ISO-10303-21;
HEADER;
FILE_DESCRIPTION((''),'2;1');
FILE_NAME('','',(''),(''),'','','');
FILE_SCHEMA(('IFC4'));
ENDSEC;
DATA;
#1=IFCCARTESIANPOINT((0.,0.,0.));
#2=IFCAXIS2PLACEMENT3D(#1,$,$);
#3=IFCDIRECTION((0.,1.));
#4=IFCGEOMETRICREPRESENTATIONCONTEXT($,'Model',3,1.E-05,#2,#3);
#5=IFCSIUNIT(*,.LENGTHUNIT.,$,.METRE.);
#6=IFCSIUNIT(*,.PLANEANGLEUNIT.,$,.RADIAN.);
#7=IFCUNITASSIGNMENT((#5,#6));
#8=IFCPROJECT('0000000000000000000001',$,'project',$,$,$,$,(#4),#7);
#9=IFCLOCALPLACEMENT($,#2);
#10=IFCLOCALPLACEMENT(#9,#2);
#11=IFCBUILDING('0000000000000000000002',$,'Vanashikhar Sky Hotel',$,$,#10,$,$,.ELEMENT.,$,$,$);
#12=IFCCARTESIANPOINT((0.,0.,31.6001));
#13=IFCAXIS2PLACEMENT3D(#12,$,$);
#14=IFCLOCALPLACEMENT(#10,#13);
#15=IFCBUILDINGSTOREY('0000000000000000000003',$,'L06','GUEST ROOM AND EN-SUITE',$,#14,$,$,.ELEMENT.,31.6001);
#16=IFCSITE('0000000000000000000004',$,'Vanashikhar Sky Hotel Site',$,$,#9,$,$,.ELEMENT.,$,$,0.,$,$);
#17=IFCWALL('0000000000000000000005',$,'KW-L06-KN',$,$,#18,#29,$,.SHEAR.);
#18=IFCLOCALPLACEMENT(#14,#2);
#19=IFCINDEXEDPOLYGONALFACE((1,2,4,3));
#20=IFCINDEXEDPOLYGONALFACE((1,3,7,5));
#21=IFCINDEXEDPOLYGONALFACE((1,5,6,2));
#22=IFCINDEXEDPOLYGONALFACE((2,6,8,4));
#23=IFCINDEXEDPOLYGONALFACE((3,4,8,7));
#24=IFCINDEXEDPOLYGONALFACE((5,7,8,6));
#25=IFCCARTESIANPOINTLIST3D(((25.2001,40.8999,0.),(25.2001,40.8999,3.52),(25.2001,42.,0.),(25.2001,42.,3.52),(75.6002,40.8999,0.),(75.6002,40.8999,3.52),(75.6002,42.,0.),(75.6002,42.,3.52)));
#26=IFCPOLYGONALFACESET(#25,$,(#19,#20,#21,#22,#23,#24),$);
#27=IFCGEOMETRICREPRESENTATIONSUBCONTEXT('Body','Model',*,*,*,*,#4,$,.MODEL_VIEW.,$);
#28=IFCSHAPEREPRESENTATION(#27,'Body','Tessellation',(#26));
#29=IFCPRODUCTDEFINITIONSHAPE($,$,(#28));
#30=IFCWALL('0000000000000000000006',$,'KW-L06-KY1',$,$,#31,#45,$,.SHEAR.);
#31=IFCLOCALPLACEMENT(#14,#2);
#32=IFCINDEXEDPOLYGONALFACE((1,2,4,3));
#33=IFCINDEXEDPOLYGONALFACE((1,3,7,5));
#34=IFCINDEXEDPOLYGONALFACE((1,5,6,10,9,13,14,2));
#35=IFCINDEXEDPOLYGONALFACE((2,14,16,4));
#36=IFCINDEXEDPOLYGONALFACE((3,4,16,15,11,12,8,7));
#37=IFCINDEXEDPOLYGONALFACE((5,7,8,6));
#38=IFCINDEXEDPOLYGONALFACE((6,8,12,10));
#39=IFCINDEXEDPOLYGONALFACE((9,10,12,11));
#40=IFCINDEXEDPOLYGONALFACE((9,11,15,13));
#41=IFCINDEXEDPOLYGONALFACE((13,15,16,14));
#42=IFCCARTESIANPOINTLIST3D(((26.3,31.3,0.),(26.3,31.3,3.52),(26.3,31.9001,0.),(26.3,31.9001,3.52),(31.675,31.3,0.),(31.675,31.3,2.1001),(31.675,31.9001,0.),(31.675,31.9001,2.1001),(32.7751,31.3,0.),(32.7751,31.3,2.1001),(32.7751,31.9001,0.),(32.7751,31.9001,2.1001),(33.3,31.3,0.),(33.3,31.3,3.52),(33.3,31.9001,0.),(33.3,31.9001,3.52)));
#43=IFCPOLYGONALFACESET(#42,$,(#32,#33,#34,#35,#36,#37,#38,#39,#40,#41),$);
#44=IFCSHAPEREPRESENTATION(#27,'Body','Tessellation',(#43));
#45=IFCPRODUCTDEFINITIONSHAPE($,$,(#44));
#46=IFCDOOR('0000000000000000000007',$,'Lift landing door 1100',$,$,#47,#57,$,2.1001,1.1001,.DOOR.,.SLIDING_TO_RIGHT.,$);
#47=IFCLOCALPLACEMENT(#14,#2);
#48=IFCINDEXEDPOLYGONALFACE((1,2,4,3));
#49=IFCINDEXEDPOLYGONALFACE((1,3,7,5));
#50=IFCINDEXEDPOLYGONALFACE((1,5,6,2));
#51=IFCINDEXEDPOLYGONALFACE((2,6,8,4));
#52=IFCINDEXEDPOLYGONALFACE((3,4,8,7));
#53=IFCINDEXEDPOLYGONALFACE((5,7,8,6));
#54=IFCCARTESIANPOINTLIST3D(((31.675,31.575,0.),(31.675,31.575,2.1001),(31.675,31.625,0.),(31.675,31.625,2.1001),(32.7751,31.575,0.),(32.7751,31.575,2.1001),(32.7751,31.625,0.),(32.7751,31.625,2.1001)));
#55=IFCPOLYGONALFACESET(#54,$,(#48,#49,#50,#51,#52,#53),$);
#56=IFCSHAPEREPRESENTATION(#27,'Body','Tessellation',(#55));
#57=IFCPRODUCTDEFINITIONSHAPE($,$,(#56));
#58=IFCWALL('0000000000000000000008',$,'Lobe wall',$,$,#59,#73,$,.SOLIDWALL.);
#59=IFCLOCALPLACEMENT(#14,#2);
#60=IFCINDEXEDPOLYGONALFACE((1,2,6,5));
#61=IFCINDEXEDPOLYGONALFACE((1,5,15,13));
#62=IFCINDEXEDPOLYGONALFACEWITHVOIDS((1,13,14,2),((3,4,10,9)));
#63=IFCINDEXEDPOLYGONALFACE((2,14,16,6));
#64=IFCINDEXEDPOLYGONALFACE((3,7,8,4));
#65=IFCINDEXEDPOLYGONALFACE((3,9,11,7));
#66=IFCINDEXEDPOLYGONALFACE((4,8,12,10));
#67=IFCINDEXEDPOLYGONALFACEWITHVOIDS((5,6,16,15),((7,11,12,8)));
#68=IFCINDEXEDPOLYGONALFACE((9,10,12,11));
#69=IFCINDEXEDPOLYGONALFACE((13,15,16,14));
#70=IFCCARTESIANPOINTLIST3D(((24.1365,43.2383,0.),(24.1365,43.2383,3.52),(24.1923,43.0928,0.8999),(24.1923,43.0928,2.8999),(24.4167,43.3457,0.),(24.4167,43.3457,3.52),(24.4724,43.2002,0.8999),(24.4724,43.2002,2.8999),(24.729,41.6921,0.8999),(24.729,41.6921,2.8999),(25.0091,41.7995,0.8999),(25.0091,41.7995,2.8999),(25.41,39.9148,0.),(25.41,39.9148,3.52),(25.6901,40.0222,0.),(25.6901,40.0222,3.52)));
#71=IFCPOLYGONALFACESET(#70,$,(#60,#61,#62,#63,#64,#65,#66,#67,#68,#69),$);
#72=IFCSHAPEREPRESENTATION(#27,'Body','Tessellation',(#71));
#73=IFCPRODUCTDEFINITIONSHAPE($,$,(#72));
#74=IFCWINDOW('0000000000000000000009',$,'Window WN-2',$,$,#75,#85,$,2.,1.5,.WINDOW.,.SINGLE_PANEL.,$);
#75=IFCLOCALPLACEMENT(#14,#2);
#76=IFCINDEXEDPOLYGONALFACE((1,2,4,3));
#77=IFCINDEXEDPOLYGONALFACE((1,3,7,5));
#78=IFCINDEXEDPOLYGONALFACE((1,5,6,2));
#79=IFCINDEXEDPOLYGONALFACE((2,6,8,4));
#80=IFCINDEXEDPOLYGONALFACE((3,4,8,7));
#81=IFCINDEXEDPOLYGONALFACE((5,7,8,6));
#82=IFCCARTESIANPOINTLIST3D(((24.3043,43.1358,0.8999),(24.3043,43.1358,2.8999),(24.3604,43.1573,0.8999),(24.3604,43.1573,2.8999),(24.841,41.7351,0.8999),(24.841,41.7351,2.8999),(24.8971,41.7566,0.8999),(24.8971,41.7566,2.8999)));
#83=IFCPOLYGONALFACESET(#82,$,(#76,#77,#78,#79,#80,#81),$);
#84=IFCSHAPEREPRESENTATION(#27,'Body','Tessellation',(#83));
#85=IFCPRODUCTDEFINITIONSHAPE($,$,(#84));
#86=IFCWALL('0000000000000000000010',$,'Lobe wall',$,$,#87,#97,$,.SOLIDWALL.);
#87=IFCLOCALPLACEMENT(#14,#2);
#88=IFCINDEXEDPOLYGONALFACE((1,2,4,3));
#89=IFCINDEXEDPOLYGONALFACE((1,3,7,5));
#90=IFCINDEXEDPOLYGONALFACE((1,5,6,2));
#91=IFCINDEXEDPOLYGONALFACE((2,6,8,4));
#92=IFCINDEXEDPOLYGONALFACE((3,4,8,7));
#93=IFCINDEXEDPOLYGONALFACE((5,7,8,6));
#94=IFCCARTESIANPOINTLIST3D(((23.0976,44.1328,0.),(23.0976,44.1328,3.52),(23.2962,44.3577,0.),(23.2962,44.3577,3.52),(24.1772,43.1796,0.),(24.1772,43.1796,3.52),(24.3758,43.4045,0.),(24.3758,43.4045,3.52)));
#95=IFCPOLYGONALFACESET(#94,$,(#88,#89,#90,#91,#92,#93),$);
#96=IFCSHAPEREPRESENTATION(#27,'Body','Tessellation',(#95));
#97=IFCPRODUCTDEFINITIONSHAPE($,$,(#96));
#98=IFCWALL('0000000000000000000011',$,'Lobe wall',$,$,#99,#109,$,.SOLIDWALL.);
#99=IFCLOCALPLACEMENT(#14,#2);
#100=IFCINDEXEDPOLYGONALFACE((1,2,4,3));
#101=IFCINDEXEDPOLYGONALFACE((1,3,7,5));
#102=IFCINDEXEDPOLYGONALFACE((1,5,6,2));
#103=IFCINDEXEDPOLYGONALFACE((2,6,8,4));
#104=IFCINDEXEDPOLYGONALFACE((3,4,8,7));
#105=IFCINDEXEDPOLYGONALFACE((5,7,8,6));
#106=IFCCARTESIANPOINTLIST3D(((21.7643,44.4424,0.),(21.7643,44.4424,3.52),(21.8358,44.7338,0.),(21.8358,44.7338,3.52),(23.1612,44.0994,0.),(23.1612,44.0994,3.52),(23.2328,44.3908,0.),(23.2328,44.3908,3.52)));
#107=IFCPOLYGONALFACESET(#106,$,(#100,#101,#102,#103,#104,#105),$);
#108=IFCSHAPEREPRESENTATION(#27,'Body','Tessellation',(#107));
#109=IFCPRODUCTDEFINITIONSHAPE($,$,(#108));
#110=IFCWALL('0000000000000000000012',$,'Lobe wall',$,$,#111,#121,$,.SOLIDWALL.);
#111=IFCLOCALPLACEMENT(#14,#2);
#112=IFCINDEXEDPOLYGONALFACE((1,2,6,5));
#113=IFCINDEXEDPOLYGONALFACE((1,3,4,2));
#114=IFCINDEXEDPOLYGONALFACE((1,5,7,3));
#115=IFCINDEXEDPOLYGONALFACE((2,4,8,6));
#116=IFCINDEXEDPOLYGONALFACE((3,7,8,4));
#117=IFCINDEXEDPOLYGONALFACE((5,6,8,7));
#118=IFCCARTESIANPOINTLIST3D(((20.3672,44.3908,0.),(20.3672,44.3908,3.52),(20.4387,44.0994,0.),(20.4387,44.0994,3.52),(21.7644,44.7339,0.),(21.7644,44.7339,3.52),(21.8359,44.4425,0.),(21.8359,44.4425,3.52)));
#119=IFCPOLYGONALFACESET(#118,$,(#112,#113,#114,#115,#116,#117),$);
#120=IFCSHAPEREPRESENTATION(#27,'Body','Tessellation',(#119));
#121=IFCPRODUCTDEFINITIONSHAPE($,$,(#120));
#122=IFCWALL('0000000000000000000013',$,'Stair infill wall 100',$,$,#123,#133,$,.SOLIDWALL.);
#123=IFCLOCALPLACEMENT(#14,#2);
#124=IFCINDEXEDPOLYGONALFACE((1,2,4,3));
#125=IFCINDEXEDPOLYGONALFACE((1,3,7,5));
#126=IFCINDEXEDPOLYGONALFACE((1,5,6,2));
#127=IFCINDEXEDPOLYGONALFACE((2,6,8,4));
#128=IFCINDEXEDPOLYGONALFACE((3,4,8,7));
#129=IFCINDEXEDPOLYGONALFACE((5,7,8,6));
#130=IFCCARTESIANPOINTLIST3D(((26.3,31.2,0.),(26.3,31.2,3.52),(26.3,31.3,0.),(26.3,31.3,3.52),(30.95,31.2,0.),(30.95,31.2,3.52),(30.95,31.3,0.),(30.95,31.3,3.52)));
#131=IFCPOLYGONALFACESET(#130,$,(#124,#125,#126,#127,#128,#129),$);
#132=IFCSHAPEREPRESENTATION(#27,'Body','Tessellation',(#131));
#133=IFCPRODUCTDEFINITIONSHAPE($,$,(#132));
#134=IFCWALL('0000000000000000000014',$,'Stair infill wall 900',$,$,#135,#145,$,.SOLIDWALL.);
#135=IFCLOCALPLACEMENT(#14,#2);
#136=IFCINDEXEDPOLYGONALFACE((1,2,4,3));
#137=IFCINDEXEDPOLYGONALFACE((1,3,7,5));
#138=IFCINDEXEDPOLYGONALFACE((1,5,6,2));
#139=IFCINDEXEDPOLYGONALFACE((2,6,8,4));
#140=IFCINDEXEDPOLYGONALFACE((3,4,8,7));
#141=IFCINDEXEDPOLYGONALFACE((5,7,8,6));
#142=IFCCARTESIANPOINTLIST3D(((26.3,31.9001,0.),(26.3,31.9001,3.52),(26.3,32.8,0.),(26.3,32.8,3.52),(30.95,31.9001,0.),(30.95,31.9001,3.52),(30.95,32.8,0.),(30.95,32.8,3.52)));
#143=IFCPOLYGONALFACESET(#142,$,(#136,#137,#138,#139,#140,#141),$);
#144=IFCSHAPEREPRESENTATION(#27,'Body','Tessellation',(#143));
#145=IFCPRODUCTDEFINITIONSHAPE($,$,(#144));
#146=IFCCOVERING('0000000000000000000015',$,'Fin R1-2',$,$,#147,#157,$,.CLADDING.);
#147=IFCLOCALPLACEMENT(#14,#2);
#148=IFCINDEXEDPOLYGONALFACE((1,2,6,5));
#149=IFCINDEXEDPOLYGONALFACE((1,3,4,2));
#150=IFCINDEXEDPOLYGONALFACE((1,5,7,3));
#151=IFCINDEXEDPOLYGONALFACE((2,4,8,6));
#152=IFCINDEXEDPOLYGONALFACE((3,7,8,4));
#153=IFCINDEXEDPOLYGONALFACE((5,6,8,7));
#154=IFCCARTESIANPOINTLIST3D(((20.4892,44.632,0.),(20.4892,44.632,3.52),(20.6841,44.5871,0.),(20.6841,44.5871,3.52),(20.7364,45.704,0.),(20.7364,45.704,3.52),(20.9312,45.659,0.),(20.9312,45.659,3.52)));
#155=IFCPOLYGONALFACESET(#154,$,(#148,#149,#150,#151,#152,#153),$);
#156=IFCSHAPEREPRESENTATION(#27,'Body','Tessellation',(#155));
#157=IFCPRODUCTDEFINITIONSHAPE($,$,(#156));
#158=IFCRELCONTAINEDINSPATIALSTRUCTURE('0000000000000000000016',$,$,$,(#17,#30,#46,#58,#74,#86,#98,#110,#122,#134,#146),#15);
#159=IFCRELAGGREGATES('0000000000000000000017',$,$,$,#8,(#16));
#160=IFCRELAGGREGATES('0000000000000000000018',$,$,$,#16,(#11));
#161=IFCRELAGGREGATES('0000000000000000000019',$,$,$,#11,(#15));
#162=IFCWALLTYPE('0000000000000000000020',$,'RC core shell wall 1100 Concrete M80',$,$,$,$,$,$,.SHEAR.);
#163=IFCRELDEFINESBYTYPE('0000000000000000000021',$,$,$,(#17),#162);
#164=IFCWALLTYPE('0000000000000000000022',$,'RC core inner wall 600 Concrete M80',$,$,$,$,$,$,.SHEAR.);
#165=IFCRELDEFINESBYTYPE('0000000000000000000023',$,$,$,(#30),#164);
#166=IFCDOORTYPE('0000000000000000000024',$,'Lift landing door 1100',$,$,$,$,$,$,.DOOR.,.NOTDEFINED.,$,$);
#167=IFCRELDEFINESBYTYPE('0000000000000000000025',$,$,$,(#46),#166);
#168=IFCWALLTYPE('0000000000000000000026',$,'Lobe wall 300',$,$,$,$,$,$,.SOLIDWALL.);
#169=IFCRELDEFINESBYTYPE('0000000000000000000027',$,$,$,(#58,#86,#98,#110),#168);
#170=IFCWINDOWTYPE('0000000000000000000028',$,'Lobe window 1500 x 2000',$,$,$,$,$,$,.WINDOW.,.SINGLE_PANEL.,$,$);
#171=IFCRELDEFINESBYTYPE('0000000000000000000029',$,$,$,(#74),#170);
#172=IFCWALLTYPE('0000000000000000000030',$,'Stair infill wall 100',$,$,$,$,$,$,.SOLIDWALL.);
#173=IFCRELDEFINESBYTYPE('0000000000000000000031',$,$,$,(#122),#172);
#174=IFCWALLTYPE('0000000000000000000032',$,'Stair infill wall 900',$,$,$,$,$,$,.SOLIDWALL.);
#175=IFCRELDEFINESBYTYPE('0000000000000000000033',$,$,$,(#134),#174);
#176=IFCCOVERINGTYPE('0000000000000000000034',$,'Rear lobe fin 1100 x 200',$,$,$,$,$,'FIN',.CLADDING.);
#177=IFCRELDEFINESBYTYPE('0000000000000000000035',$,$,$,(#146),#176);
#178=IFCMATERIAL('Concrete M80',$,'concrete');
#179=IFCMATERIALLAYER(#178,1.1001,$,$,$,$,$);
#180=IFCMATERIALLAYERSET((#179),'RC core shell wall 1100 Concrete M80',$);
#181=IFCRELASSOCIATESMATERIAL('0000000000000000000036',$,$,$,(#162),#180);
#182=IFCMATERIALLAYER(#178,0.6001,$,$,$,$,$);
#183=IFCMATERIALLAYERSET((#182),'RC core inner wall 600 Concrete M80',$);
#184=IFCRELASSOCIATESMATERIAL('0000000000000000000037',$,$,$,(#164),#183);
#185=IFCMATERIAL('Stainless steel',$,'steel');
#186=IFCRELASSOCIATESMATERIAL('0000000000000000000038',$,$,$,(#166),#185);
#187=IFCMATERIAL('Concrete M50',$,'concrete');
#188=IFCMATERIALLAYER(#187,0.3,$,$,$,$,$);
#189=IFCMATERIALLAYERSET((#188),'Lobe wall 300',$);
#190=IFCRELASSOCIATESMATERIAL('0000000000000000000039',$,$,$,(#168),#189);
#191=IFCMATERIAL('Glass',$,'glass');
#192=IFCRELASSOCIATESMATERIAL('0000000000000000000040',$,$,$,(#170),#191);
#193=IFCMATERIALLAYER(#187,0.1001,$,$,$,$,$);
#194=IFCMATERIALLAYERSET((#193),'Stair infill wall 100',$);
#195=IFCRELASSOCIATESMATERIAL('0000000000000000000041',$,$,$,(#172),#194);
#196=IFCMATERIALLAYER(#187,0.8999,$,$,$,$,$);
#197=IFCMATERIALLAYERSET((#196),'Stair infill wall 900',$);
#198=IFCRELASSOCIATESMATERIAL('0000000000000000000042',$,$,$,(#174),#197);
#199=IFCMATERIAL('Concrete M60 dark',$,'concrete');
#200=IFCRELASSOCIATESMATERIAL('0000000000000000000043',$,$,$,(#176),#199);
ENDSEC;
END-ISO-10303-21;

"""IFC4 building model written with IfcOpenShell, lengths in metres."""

from ifc_helpers import new_model, si_unit, direction, frame, frame_2d, origin, origin_2d, place, context, subcontext, project, spatial, rectangle, extrude, source, transform, mapped, material, layer, layer_set, material_profile, profile_set, type_object, element, fill, save


model = new_model("IFC4")

# Units and contexts
model_context = context("Model", 3, precision=1e-05, world=origin(), true_north=direction((0.0, 1.0)))
body_context = subcontext(model_context, "Body", "Model", "MODEL_VIEW")
ifc_project = project(units=[si_unit("LENGTHUNIT", "METRE"), si_unit("PLANEANGLEUNIT", "RADIAN")], contexts=[model_context])

# Site, building, storey
site_placement = place(None, origin())
site = spatial("IfcSite", under=ifc_project, at=site_placement, Name="Vanashikhar Sky Hotel Site", CompositionType="ELEMENT", RefElevation=0.0)
building_placement = place(site_placement, origin())
building = spatial("IfcBuilding", under=site, at=building_placement, Name="Vanashikhar Sky Hotel", CompositionType="ELEMENT")
storey_placement = place(building_placement, frame((0.0, 0.0, 31.6001)))
storey = spatial("IfcBuildingStorey", under=building, at=storey_placement, Name="L06", Description="GUEST ROOM AND EN-SUITE", CompositionType="ELEMENT", Elevation=31.6001)

# Wall
ifc_material_1 = material(Name="Concrete M80", Category="concrete")
ifc_layer_1 = layer(ifc_material_1, 1.1001)
ifc_layer_set_1 = layer_set([ifc_layer_1], Name="RC core shell wall 1100 Concrete M80")
wall_type_1 = type_object("IfcWallType", Name="RC core shell wall 1100 Concrete M80", PredefinedType="SHEAR", material=ifc_layer_set_1)
shared_shape_1 = source(origin(), body_context, "Body", "SweptSolid", [
    extrude(rectangle(XDim=50.4001, YDim=1.1001, at=frame_2d((25.2002, 0.0))), origin(), (0.0, 0.0, 1.0), 3.52),
])
wall_1_placement = place(storey_placement, frame((25.2, 41.45, 0.0), z_axis=(0.0, 0.0, 1.0), x_axis=(1.0, 0.0, 0.0)))
element("IfcWall", 1, at=wall_1_placement, inside=storey, type_object=wall_type_1, Name="KW-L06-KN", PredefinedType="SHEAR", context=body_context, shape_type="MappedRepresentation", body=[
    mapped(shared_shape_1, transform((0.0, 0.0, 0.0), scale=1.0)),
])

# Wall, opening, door
ifc_layer_2 = layer(ifc_material_1, 0.6001)
ifc_layer_set_2 = layer_set([ifc_layer_2], Name="RC core inner wall 600 Concrete M80")
wall_type_2 = type_object("IfcWallType", Name="RC core inner wall 600 Concrete M80", PredefinedType="SHEAR", material=ifc_layer_set_2)
shared_shape_2 = source(origin(), body_context, "Body", "SweptSolid", [
    extrude(rectangle(XDim=7.0, YDim=0.6001, at=frame_2d((3.5, 0.0))), origin(), (0.0, 0.0, 1.0), 3.52),
])
wall_2_placement = place(storey_placement, frame((26.3, 31.6001, 0.0), z_axis=(0.0, 0.0, 1.0), x_axis=(1.0, 0.0, 0.0)))
wall_2 = element("IfcWall", 2, at=wall_2_placement, inside=storey, type_object=wall_type_2, Name="KW-L06-KY1", PredefinedType="SHEAR", context=body_context, shape_type="MappedRepresentation", body=[
    mapped(shared_shape_2, transform((0.0, 0.0, 0.0), scale=1.0)),
])
shared_shape_3 = source(origin(), body_context, "Body", "SweptSolid", [
    extrude(rectangle(XDim=1.1001, YDim=2.1001, at=frame_2d((0.55, 1.05))), frame((0.0, 0.3101, 0.0), z_axis=(0.0, -1.0, 0.0), x_axis=(1.0, 0.0, 0.0)), (0.0, 0.0, 1.0), 0.6201),
])
opening_1_placement = place(wall_2_placement, frame((5.375, 0.0, 0.0)))
opening_1 = element("IfcOpeningElement", 3, at=opening_1_placement, cuts=wall_2, PredefinedType="OPENING", context=body_context, shape_type="MappedRepresentation", body=[
    mapped(shared_shape_3, transform((0.0, 0.0, 0.0), scale=1.0)),
])
ifc_material_2 = material(Name="Stainless steel", Category="steel")
door_type = type_object("IfcDoorType", Name="Lift landing door 1100", OperationType="NOTDEFINED", PredefinedType="DOOR", material=ifc_material_2)
shared_shape_4 = source(origin(), body_context, "Body", "SweptSolid", [
    extrude(rectangle(XDim=1.1001, YDim=2.1001, at=frame_2d((0.55, 1.05))), frame((0.0, 0.0249, 0.0), z_axis=(0.0, -1.0, 0.0), x_axis=(1.0, 0.0, 0.0)), (0.0, 0.0, 1.0), 0.05),
])
door_placement = place(opening_1_placement, origin())
door = element("IfcDoor", 4, at=door_placement, inside=storey, type_object=door_type, Name="Lift landing door 1100", OperationType="SLIDING_TO_RIGHT", OverallHeight=2.1001, OverallWidth=1.1001, PredefinedType="DOOR", context=body_context, shape_type="MappedRepresentation", body=[
    mapped(shared_shape_4, transform((0.0, 0.0, 0.0), scale=1.0)),
])
fill(opening_1, door)

# Wall, opening, window
ifc_material_3 = material(Name="Concrete M50", Category="concrete")
ifc_layer_3 = layer(ifc_material_3, 0.3)
ifc_layer_set_3 = layer_set([ifc_layer_3], Name="Lobe wall 300")
wall_type_3 = type_object("IfcWallType", Name="Lobe wall 300", PredefinedType="SOLIDWALL", material=ifc_layer_set_3)
shared_shape_5 = source(origin(), body_context, "Body", "SweptSolid", [
    extrude(rectangle(XDim=3.5591, YDim=0.3, at=frame_2d((1.7795, 0.0))), origin(), (0.0, 0.0, 1.0), 3.52),
])
wall_3_placement = place(storey_placement, frame((25.55, 39.9685, 0.0), z_axis=(0.0, 0.0, 1.0), x_axis=(-0.357797, 0.933799, 0.0)))
wall_3 = element("IfcWall", 5, at=wall_3_placement, inside=storey, type_object=wall_type_3, Name="Lobe wall", PredefinedType="SOLIDWALL", context=body_context, shape_type="MappedRepresentation", body=[
    mapped(shared_shape_5, transform((0.0, 0.0, 0.0), scale=1.0)),
])
shared_shape_6 = source(origin(), body_context, "Body", "SweptSolid", [
    extrude(rectangle(XDim=1.5, YDim=2.0, at=frame_2d((0.75, 1.0))), frame((0.0, 0.1602, 0.0), z_axis=(0.0, -1.0, 0.0), x_axis=(1.0, 0.0, 0.0)), (0.0, 0.0, 1.0), 0.3201),
])
opening_2_placement = place(wall_3_placement, frame((1.9033, 0.0, 0.8999)))
opening_2 = element("IfcOpeningElement", 6, at=opening_2_placement, cuts=wall_3, PredefinedType="OPENING", context=body_context, shape_type="MappedRepresentation", body=[
    mapped(shared_shape_6, transform((0.0, 0.0, 0.0), scale=1.0)),
])
ifc_material_4 = material(Name="Glass", Category="glass")
window_type = type_object("IfcWindowType", Name="Lobe window 1500 x 2000", PartitioningType="SINGLE_PANEL", PredefinedType="WINDOW", material=ifc_material_4)
shared_shape_7 = source(origin(), body_context, "Body", "SweptSolid", [
    extrude(rectangle(XDim=1.5, YDim=2.0, at=frame_2d((0.75, 1.0))), frame((0.0, 0.03, 0.0), z_axis=(0.0, -1.0, 0.0), x_axis=(1.0, 0.0, 0.0)), (0.0, 0.0, 1.0), 0.0601),
])
window_placement = place(opening_2_placement, origin())
window = element("IfcWindow", 7, at=window_placement, inside=storey, type_object=window_type, Name="Window WN-2", OverallHeight=2.0, OverallWidth=1.5, PartitioningType="SINGLE_PANEL", PredefinedType="WINDOW", context=body_context, shape_type="MappedRepresentation", body=[
    mapped(shared_shape_7, transform((0.0, 0.0, 0.0), scale=1.0)),
])
fill(opening_2, window)

# Walls
shared_shape_8 = source(origin(), body_context, "Body", "SweptSolid", [
    extrude(rectangle(XDim=1.4402, YDim=0.3, at=frame_2d((0.7202, 0.0))), origin(), (0.0, 0.0, 1.0), 3.52),
])
wall_4_placement = place(storey_placement, frame((24.2766, 43.292, 0.0), z_axis=(0.0, 0.0, 1.0), x_axis=(-0.74965, 0.661835, 0.0)))
element("IfcWall", 8, at=wall_4_placement, inside=storey, type_object=wall_type_3, Name="Lobe wall", PredefinedType="SOLIDWALL", context=body_context, shape_type="MappedRepresentation", body=[
    mapped(shared_shape_8, transform((0.0, 0.0, 0.0), scale=1.0)),
])
shared_shape_9 = source(origin(), body_context, "Body", "SweptSolid", [
    extrude(rectangle(XDim=1.4385, YDim=0.3, at=frame_2d((0.7192, 0.0))), origin(), (0.0, 0.0, 1.0), 3.52),
])
wall_5_placement = place(storey_placement, frame((23.197, 44.2451, 0.0), z_axis=(0.0, 0.0, 1.0), x_axis=(-0.971152, 0.23846, 0.0)))
element("IfcWall", 9, at=wall_5_placement, inside=storey, type_object=wall_type_3, Name="Lobe wall", PredefinedType="SOLIDWALL", context=body_context, shape_type="MappedRepresentation", body=[
    mapped(shared_shape_9, transform((0.0, 0.0, 0.0), scale=1.0)),
])
shared_shape_10 = source(origin(), body_context, "Body", "SweptSolid", [
    extrude(rectangle(XDim=1.4387, YDim=0.3, at=frame_2d((0.7192, 0.0))), origin(), (0.0, 0.0, 1.0), 3.52),
])
wall_6_placement = place(storey_placement, frame((21.8, 44.5881, 0.0), z_axis=(0.0, 0.0, 1.0), x_axis=(-0.971162, -0.238421, 0.0)))
element("IfcWall", 10, at=wall_6_placement, inside=storey, type_object=wall_type_3, Name="Lobe wall", PredefinedType="SOLIDWALL", context=body_context, shape_type="MappedRepresentation", body=[
    mapped(shared_shape_10, transform((0.0, 0.0, 0.0), scale=1.0)),
])
ifc_layer_4 = layer(ifc_material_3, 0.1001)
ifc_layer_set_4 = layer_set([ifc_layer_4], Name="Stair infill wall 100")
wall_type_4 = type_object("IfcWallType", Name="Stair infill wall 100", PredefinedType="SOLIDWALL", material=ifc_layer_set_4)
shared_shape_11 = source(origin(), body_context, "Body", "SweptSolid", [
    extrude(rectangle(XDim=4.6499, YDim=0.1001, at=frame_2d((2.325, 0.0))), origin(), (0.0, 0.0, 1.0), 3.52),
])
wall_7_placement = place(storey_placement, frame((26.3, 31.25, 0.0), z_axis=(0.0, 0.0, 1.0), x_axis=(1.0, 0.0, 0.0)))
element("IfcWall", 11, at=wall_7_placement, inside=storey, type_object=wall_type_4, Name="Stair infill wall 100", PredefinedType="SOLIDWALL", context=body_context, shape_type="MappedRepresentation", body=[
    mapped(shared_shape_11, transform((0.0, 0.0, 0.0), scale=1.0)),
])
ifc_layer_5 = layer(ifc_material_3, 0.8999)
ifc_layer_set_5 = layer_set([ifc_layer_5], Name="Stair infill wall 900")
wall_type_5 = type_object("IfcWallType", Name="Stair infill wall 900", PredefinedType="SOLIDWALL", material=ifc_layer_set_5)
shared_shape_12 = source(origin(), body_context, "Body", "SweptSolid", [
    extrude(rectangle(XDim=4.6499, YDim=0.8999, at=frame_2d((2.325, 0.0))), origin(), (0.0, 0.0, 1.0), 3.52),
])
wall_8_placement = place(storey_placement, frame((26.3, 32.3501, 0.0), z_axis=(0.0, 0.0, 1.0), x_axis=(1.0, 0.0, 0.0)))
element("IfcWall", 12, at=wall_8_placement, inside=storey, type_object=wall_type_5, Name="Stair infill wall 900", PredefinedType="SOLIDWALL", context=body_context, shape_type="MappedRepresentation", body=[
    mapped(shared_shape_12, transform((0.0, 0.0, 0.0), scale=1.0)),
])

# Covering
ifc_material_5 = material(Name="Concrete M60 dark", Category="concrete")
ifc_material_profile = material_profile(ifc_material_5, rectangle(XDim=1.1001, YDim=0.2, at=origin_2d()))
ifc_profile_set = profile_set([ifc_material_profile], Name="Rear lobe fin 1100 x 200")
covering_type = type_object("IfcCoveringType", Name="Rear lobe fin 1100 x 200", ElementType="FIN", PredefinedType="CLADDING", material=ifc_profile_set)
shared_shape_13 = source(origin(), body_context, "Body", "SweptSolid", [
    extrude(rectangle(XDim=1.1001, YDim=0.2, at=origin_2d()), origin(), (0.0, 0.0, 1.0), 3.52),
])
for number, where, z_axis, x_axis, name in (
    (13, (20.7102, 45.1455, 0.0), (0.0, 0.0, 1.0), (0.224645, 0.974441, 0.0), "Fin R1-2"),
):
    element("IfcCovering", number, at=place(storey_placement, frame(where, z_axis=z_axis, x_axis=x_axis)), inside=storey, type_object=covering_type, Name=name, PredefinedType="CLADDING", context=body_context, shape_type="MappedRepresentation", body=[
        mapped(shared_shape_13, transform((0.0, 0.0, 0.0), scale=1.0)),
    ])

save(model, "model.ifc")
